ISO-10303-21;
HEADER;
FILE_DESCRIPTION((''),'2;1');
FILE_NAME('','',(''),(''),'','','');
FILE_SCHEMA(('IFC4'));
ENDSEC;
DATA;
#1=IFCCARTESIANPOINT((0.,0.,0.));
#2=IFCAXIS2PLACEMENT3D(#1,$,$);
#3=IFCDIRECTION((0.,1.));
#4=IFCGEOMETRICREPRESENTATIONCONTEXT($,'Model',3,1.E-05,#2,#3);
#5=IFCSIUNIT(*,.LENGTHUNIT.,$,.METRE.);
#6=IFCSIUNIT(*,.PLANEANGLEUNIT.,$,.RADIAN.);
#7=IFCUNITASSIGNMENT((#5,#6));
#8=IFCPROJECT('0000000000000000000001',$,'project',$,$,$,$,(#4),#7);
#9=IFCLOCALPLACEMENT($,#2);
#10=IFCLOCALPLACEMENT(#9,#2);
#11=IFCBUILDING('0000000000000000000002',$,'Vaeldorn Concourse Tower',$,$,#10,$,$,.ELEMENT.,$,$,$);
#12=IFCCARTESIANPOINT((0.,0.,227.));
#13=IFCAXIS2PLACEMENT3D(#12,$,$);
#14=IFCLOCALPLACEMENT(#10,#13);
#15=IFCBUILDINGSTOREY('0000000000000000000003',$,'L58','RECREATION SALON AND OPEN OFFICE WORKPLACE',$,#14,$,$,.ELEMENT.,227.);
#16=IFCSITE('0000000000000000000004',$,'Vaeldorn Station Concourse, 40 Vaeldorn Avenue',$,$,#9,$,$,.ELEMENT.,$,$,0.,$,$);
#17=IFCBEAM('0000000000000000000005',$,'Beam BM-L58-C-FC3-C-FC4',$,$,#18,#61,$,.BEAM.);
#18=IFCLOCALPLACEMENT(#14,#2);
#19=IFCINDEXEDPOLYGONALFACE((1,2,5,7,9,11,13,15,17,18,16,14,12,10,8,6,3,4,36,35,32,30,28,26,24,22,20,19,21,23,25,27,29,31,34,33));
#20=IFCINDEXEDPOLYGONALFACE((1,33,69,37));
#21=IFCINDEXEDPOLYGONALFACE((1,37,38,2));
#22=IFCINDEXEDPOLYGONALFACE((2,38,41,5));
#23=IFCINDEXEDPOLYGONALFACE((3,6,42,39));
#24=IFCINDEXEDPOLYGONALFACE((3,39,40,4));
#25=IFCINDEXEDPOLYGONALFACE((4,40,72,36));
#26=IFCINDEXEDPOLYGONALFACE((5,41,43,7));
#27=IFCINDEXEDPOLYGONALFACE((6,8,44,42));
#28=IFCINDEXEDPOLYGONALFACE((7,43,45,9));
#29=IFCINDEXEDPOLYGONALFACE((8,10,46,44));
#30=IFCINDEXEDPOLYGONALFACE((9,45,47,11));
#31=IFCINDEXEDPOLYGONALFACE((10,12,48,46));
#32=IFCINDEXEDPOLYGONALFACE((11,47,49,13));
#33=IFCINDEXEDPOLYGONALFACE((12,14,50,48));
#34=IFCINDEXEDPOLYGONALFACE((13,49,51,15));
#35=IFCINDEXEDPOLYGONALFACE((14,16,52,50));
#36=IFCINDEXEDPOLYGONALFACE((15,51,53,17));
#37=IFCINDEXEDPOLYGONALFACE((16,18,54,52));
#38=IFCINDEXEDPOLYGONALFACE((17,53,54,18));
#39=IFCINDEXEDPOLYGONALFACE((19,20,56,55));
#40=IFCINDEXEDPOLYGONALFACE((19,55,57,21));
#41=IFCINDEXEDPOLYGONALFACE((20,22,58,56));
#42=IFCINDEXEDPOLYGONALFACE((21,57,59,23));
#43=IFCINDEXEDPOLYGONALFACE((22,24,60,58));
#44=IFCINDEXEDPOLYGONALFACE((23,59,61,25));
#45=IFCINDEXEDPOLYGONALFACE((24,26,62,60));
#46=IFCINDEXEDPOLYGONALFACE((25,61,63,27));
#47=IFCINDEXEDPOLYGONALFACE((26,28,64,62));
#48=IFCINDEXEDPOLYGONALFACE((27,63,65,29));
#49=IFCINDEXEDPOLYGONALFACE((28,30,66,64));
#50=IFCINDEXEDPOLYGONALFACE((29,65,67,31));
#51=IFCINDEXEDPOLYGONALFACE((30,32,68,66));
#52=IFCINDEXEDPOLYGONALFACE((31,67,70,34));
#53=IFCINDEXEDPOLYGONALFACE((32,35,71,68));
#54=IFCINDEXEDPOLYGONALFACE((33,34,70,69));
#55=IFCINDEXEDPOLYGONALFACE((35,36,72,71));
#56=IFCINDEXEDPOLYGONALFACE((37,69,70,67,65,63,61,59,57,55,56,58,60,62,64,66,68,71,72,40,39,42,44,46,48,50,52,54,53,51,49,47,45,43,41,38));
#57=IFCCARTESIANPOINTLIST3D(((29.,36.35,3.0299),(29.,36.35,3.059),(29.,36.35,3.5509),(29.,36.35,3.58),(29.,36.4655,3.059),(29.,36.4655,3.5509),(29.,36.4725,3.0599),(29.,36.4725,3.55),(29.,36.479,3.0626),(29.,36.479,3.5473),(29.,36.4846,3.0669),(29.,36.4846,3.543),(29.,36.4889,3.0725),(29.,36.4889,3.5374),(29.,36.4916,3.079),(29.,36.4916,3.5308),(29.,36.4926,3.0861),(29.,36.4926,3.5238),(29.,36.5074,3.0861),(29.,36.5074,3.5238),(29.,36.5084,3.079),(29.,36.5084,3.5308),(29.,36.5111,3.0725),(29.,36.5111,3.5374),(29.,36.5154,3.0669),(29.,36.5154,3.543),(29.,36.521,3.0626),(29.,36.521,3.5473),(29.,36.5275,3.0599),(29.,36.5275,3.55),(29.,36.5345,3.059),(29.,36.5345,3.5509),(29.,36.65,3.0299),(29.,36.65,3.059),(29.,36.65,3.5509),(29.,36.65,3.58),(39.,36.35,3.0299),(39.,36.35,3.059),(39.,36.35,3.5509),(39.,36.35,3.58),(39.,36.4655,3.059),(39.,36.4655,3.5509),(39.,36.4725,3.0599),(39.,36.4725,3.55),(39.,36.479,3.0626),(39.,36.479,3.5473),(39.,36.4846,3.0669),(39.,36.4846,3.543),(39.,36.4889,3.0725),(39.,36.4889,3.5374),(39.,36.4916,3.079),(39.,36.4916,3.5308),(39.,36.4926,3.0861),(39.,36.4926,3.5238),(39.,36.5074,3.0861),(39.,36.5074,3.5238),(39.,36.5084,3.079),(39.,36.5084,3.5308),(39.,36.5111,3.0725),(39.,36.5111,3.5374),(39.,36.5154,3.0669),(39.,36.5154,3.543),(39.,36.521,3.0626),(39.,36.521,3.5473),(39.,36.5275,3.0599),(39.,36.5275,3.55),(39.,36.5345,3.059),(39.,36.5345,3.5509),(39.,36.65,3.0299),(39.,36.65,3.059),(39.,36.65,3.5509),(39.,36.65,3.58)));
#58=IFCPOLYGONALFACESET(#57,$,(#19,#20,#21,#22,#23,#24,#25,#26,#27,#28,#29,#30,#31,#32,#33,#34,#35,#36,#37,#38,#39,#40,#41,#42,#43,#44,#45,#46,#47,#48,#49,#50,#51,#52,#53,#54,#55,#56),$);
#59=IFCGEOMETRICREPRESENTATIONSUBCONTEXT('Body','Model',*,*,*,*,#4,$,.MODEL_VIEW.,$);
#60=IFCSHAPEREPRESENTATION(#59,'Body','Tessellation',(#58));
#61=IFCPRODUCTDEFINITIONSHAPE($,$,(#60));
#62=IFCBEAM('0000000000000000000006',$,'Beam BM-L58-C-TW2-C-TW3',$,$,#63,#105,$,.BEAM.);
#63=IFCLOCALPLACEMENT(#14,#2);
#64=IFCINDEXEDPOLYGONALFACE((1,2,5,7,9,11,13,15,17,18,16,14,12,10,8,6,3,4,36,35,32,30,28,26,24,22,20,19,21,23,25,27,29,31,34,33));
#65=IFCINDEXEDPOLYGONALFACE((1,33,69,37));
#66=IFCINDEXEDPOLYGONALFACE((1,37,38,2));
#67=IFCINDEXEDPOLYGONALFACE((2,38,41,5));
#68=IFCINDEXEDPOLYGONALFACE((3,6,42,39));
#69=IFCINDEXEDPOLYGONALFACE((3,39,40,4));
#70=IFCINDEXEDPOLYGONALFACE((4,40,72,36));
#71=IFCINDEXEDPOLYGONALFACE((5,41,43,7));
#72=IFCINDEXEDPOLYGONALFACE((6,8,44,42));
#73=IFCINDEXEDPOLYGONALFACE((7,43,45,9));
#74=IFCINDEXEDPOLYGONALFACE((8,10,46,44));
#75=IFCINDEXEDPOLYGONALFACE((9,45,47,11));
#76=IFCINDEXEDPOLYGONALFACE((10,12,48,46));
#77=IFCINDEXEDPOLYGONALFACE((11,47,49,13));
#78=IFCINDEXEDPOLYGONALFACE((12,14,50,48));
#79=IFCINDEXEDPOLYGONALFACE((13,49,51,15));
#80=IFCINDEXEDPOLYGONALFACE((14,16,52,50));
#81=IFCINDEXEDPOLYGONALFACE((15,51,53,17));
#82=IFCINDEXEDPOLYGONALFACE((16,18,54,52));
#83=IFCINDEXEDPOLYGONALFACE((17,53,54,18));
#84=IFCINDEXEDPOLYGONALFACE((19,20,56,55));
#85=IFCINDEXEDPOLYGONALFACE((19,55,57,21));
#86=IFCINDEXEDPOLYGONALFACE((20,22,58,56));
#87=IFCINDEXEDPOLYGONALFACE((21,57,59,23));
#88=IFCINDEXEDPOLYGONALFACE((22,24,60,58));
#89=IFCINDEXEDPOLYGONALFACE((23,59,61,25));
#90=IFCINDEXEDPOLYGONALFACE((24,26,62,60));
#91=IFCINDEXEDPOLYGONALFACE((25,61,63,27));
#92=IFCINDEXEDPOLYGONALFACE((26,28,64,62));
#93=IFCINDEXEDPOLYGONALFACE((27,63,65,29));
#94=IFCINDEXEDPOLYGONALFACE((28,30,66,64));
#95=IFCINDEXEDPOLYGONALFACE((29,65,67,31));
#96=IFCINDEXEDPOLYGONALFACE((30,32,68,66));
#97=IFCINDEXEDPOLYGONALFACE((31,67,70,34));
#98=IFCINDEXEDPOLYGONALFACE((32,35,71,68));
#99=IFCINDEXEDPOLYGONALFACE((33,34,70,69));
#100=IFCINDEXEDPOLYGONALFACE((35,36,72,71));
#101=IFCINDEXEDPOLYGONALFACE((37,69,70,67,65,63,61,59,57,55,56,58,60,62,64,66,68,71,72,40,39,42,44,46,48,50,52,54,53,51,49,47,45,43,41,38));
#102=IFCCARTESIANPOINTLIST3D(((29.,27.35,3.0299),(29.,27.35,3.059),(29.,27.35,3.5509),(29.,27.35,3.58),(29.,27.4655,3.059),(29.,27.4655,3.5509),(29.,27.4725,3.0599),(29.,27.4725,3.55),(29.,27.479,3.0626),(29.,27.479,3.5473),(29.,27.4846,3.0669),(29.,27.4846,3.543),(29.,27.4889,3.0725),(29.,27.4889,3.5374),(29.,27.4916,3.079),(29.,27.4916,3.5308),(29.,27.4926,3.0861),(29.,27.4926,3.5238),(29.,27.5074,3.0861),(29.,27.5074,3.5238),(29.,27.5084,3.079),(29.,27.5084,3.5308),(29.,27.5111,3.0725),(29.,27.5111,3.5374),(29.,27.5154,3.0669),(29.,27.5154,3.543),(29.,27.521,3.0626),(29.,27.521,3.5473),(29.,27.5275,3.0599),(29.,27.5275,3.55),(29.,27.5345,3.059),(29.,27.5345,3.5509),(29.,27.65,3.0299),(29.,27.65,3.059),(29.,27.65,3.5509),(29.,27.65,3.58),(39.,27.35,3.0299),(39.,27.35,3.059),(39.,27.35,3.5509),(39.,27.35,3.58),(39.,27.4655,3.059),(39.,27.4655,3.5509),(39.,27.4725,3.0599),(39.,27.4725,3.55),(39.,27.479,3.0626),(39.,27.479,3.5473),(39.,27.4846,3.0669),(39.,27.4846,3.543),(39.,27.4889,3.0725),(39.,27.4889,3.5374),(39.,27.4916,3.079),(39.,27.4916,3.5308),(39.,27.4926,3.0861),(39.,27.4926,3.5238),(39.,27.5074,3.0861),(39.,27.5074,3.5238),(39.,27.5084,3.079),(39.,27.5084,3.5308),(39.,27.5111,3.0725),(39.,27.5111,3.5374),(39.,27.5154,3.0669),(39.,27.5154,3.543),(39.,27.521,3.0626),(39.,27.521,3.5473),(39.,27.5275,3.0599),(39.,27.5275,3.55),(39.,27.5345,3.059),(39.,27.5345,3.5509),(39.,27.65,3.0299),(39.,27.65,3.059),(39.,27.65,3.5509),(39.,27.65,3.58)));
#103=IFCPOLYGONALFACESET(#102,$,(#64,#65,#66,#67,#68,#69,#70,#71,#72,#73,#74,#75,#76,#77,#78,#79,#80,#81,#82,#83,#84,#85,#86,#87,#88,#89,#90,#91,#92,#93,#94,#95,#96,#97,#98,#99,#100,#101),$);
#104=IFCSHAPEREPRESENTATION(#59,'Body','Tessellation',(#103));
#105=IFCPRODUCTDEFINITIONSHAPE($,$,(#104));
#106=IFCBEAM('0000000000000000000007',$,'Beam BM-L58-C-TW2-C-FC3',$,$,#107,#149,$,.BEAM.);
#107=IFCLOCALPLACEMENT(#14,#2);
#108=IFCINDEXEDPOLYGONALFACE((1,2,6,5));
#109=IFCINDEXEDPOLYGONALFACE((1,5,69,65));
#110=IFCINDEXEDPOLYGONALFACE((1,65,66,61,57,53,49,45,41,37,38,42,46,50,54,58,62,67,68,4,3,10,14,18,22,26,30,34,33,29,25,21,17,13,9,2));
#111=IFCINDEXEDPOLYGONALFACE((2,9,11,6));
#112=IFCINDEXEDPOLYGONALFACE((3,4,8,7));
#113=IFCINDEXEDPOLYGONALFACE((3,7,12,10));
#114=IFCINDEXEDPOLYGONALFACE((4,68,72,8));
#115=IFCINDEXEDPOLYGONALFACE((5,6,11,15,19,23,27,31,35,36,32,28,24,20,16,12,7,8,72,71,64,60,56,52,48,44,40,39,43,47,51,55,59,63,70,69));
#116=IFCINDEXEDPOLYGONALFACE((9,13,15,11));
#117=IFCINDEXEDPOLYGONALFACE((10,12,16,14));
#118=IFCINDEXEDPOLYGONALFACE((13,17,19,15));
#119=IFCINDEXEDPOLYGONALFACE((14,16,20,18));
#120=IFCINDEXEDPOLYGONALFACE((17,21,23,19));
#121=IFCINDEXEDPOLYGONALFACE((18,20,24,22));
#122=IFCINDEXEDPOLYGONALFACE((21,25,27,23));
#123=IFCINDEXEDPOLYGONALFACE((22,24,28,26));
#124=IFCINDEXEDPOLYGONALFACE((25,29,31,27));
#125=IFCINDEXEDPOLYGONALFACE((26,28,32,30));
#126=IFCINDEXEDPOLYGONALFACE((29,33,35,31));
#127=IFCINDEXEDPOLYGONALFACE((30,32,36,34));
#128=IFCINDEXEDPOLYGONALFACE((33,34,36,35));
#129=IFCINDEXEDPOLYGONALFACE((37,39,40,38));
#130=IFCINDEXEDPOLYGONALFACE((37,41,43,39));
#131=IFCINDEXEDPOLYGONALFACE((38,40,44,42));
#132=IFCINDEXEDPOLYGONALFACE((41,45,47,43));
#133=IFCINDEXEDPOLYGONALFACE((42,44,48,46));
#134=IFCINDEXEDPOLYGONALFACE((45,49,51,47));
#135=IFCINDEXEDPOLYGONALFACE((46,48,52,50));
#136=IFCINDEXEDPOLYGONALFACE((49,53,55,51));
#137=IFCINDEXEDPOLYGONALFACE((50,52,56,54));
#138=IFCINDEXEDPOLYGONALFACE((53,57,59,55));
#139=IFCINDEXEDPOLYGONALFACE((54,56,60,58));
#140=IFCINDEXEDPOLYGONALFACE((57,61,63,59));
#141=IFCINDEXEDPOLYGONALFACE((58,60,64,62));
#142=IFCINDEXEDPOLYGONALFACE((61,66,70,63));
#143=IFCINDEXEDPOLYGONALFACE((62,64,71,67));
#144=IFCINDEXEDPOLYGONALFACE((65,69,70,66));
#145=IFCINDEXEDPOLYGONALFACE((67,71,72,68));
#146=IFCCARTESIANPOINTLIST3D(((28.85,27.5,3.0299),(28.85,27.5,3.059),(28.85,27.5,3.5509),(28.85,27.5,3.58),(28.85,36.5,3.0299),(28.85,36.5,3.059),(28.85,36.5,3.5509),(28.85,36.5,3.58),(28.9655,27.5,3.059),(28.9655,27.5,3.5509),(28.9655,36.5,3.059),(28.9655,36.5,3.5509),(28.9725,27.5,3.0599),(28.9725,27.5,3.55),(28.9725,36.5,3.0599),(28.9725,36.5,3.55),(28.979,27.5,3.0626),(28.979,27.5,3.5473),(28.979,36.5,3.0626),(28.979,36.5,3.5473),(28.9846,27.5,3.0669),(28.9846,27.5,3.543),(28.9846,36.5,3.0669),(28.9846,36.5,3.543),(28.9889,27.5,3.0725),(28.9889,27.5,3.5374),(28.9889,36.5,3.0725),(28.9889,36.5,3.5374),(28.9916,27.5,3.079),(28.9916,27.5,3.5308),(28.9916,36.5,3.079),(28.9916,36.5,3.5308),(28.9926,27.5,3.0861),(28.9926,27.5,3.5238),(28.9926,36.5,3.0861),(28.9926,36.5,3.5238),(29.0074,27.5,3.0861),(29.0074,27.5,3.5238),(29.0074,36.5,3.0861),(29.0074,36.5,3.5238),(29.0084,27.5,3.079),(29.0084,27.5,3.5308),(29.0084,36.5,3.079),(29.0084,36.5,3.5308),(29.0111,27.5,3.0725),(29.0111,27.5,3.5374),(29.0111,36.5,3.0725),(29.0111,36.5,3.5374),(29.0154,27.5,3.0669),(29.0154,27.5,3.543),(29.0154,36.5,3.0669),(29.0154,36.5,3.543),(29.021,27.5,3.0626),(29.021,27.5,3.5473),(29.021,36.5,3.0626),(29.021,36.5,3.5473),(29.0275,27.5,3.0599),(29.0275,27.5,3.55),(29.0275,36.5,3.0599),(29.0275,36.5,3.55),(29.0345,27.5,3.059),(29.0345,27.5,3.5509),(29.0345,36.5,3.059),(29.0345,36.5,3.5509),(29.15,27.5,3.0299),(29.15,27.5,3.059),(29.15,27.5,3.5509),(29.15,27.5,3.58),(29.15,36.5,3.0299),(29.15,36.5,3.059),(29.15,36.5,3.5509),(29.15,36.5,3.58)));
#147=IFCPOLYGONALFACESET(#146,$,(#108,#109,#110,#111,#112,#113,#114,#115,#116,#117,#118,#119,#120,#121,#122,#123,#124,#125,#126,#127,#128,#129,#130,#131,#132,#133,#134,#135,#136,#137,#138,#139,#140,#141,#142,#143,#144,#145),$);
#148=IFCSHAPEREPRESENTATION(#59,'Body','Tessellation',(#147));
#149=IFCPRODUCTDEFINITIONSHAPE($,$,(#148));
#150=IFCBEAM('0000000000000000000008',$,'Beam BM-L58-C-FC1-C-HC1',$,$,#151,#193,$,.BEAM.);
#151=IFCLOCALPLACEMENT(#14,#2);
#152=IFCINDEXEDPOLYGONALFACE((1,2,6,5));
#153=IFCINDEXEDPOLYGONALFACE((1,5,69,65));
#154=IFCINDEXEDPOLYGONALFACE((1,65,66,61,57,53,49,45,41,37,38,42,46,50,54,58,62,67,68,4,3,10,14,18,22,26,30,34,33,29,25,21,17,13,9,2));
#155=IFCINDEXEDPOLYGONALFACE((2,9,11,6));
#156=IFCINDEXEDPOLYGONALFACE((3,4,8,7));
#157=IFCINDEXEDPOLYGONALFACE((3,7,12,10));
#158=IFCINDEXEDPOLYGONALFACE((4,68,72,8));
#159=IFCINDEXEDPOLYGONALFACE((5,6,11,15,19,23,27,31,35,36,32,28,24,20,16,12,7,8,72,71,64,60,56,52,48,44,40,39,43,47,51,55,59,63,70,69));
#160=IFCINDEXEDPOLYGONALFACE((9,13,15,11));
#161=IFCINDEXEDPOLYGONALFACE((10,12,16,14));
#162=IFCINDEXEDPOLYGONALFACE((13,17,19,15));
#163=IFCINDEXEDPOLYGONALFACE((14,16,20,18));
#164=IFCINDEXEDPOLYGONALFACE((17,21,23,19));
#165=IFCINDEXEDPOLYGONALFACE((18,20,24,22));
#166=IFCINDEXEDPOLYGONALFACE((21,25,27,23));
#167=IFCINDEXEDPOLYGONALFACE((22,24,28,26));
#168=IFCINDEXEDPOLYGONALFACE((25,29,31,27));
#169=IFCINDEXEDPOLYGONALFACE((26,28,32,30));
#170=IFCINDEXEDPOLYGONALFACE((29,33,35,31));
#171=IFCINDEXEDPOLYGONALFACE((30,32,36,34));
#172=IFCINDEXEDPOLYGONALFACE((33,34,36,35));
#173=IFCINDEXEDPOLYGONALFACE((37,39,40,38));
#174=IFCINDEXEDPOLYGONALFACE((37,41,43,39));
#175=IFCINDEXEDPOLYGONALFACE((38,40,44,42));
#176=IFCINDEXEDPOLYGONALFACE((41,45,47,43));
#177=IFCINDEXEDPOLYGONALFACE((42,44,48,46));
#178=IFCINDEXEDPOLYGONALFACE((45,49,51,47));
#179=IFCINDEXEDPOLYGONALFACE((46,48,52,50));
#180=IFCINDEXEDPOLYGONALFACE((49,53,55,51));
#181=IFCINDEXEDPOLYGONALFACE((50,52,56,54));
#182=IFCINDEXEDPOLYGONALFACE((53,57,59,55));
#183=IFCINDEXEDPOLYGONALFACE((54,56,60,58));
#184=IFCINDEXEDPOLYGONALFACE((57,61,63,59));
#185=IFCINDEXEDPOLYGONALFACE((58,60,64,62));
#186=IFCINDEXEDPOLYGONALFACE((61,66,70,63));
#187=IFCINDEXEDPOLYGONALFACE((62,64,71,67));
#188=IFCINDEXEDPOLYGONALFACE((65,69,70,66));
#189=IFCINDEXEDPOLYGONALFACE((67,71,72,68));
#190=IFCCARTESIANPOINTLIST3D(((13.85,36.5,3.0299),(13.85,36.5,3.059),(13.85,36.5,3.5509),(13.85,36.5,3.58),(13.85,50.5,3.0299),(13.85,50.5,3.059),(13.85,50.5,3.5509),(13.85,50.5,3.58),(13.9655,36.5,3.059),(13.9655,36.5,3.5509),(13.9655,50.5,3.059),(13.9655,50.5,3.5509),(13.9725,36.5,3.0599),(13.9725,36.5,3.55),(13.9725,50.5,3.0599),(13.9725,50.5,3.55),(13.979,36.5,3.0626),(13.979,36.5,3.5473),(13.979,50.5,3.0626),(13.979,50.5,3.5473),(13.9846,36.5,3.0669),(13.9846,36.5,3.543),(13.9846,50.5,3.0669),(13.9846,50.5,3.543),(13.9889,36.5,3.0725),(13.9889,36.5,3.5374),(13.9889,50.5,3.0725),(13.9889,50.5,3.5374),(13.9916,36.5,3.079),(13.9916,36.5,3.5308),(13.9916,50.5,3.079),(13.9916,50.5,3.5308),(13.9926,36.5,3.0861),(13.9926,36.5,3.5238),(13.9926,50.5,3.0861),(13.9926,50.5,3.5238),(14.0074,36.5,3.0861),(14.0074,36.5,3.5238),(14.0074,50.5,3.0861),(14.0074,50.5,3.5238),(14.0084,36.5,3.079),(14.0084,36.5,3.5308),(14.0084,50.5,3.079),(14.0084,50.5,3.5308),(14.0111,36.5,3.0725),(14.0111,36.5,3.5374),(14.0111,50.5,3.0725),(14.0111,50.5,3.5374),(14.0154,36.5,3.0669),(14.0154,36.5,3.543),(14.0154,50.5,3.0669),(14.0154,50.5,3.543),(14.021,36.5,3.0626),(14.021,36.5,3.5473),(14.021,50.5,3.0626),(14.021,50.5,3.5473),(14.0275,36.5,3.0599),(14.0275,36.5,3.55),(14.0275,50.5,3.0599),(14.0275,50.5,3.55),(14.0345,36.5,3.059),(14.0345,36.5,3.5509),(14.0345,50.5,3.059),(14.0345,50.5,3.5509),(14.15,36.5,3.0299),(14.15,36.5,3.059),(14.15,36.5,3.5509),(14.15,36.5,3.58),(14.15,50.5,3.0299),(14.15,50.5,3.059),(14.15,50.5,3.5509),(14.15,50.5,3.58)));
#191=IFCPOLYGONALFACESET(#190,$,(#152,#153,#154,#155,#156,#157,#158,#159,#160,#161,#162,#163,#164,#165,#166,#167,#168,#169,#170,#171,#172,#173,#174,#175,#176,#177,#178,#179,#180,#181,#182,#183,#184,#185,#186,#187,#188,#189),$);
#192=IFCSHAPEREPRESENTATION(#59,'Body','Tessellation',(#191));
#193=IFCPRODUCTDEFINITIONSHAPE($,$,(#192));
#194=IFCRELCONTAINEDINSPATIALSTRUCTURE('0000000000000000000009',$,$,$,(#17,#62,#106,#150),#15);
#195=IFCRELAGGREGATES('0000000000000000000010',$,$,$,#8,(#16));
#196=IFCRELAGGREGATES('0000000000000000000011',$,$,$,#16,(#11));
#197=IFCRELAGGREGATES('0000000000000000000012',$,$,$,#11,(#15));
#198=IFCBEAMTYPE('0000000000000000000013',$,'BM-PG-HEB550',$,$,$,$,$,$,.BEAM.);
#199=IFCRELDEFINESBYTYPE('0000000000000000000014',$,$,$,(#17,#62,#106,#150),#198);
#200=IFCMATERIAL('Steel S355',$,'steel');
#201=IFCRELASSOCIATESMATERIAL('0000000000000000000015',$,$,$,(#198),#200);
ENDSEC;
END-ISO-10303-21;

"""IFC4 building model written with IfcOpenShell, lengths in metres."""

from ifc_helpers import new_model, si_unit, direction, frame, origin, origin_2d, place, context, subcontext, project, spatial, i_section, extrude, source, transform, mapped, material, material_profile, profile_set, type_object, element, save


model = new_model("IFC4")

# Units and contexts
model_context = context("Model", 3, precision=1e-05, world=origin(), true_north=direction((0.0, 1.0)))
body_context = subcontext(model_context, "Body", "Model", "MODEL_VIEW")
ifc_project = project(units=[si_unit("LENGTHUNIT", "METRE"), si_unit("PLANEANGLEUNIT", "RADIAN")], contexts=[model_context])

# Site, building, storey
site_placement = place(None, origin())
site = spatial("IfcSite", under=ifc_project, at=site_placement, Name="Vaeldorn Station Concourse, 40 Vaeldorn Avenue", CompositionType="ELEMENT", RefElevation=0.0)
building_placement = place(site_placement, origin())
building = spatial("IfcBuilding", under=site, at=building_placement, Name="Vaeldorn Concourse Tower", CompositionType="ELEMENT")
storey_placement = place(building_placement, frame((0.0, 0.0, 227.0)))
storey = spatial("IfcBuildingStorey", under=building, at=storey_placement, Name="L58", Description="RECREATION SALON AND OPEN OFFICE WORKPLACE", CompositionType="ELEMENT", Elevation=227.0)

# Shared definitions
ifc_material_1 = material(Name="Steel S355", Category="steel")

# Beams
ifc_material_profile_1 = material_profile(ifc_material_1, i_section(OverallWidth=0.3, OverallDepth=0.55, WebThickness=0.0149, FlangeThickness=0.0291, FilletRadius=0.0271, at=origin_2d()), Name="HEB 550")
ifc_profile_set_1 = profile_set([ifc_material_profile_1], Name="Steel S355")
beam_type_1 = type_object("IfcBeamType", Name="BM-PG-HEB550", PredefinedType="BEAM", material=ifc_profile_set_1)
shared_shape_1 = source(origin(), body_context, "Body", "SweptSolid", [
    extrude(i_section(OverallWidth=0.3, OverallDepth=0.55, WebThickness=0.0149, FlangeThickness=0.0291, FilletRadius=0.0271, at=origin_2d()), origin(), (0.0, 0.0, 1.0), 10.0),
])
for number, where, z_axis, x_axis, name in (
    (1, (29.0, 36.5, 3.3049), (1.0, 0.0, 0.0), (0.0, 1.0, 0.0), "Beam BM-L58-C-FC3-C-FC4"),
    (2, (29.0, 27.5, 3.3049), (1.0, 0.0, 0.0), (0.0, 1.0, 0.0), "Beam BM-L58-C-TW2-C-TW3"),
):
    element("IfcBeam", number, at=place(storey_placement, frame(where, z_axis=z_axis, x_axis=x_axis)), inside=storey, type_object=beam_type_1, Name=name, PredefinedType="BEAM", context=body_context, shape_type="MappedRepresentation", body=[
        mapped(shared_shape_1, transform((0.0, 0.0, 0.0), scale=1.0)),
    ])
shared_shape_2 = source(origin(), body_context, "Body", "SweptSolid", [
    extrude(i_section(OverallWidth=0.3, OverallDepth=0.55, WebThickness=0.0149, FlangeThickness=0.0291, FilletRadius=0.0271, at=origin_2d()), origin(), (0.0, 0.0, 1.0), 9.0),
])
beam_1_placement = place(storey_placement, frame((29.0, 27.5, 3.3049), z_axis=(0.0, 1.0, 0.0), x_axis=(-1.0, 0.0, 0.0)))
element("IfcBeam", 3, at=beam_1_placement, inside=storey, type_object=beam_type_1, Name="Beam BM-L58-C-TW2-C-FC3", PredefinedType="BEAM", context=body_context, shape_type="MappedRepresentation", body=[
    mapped(shared_shape_2, transform((0.0, 0.0, 0.0), scale=1.0)),
])
shared_shape_3 = source(origin(), body_context, "Body", "SweptSolid", [
    extrude(i_section(OverallWidth=0.3, OverallDepth=0.55, WebThickness=0.0149, FlangeThickness=0.0291, FilletRadius=0.0271, at=origin_2d()), origin(), (0.0, 0.0, 1.0), 14.0),
])
for number, where, z_axis, x_axis, name in (
    (4, (14.0, 36.5, 3.3049), (0.0, 1.0, 0.0), (-1.0, 0.0, 0.0), "Beam BM-L58-C-FC1-C-HC1"),
):
    element("IfcBeam", number, at=place(storey_placement, frame(where, z_axis=z_axis, x_axis=x_axis)), inside=storey, type_object=beam_type_1, Name=name, PredefinedType="BEAM", context=body_context, shape_type="MappedRepresentation", body=[
        mapped(shared_shape_3, transform((0.0, 0.0, 0.0), scale=1.0)),
    ])

save(model, "model.ifc")
